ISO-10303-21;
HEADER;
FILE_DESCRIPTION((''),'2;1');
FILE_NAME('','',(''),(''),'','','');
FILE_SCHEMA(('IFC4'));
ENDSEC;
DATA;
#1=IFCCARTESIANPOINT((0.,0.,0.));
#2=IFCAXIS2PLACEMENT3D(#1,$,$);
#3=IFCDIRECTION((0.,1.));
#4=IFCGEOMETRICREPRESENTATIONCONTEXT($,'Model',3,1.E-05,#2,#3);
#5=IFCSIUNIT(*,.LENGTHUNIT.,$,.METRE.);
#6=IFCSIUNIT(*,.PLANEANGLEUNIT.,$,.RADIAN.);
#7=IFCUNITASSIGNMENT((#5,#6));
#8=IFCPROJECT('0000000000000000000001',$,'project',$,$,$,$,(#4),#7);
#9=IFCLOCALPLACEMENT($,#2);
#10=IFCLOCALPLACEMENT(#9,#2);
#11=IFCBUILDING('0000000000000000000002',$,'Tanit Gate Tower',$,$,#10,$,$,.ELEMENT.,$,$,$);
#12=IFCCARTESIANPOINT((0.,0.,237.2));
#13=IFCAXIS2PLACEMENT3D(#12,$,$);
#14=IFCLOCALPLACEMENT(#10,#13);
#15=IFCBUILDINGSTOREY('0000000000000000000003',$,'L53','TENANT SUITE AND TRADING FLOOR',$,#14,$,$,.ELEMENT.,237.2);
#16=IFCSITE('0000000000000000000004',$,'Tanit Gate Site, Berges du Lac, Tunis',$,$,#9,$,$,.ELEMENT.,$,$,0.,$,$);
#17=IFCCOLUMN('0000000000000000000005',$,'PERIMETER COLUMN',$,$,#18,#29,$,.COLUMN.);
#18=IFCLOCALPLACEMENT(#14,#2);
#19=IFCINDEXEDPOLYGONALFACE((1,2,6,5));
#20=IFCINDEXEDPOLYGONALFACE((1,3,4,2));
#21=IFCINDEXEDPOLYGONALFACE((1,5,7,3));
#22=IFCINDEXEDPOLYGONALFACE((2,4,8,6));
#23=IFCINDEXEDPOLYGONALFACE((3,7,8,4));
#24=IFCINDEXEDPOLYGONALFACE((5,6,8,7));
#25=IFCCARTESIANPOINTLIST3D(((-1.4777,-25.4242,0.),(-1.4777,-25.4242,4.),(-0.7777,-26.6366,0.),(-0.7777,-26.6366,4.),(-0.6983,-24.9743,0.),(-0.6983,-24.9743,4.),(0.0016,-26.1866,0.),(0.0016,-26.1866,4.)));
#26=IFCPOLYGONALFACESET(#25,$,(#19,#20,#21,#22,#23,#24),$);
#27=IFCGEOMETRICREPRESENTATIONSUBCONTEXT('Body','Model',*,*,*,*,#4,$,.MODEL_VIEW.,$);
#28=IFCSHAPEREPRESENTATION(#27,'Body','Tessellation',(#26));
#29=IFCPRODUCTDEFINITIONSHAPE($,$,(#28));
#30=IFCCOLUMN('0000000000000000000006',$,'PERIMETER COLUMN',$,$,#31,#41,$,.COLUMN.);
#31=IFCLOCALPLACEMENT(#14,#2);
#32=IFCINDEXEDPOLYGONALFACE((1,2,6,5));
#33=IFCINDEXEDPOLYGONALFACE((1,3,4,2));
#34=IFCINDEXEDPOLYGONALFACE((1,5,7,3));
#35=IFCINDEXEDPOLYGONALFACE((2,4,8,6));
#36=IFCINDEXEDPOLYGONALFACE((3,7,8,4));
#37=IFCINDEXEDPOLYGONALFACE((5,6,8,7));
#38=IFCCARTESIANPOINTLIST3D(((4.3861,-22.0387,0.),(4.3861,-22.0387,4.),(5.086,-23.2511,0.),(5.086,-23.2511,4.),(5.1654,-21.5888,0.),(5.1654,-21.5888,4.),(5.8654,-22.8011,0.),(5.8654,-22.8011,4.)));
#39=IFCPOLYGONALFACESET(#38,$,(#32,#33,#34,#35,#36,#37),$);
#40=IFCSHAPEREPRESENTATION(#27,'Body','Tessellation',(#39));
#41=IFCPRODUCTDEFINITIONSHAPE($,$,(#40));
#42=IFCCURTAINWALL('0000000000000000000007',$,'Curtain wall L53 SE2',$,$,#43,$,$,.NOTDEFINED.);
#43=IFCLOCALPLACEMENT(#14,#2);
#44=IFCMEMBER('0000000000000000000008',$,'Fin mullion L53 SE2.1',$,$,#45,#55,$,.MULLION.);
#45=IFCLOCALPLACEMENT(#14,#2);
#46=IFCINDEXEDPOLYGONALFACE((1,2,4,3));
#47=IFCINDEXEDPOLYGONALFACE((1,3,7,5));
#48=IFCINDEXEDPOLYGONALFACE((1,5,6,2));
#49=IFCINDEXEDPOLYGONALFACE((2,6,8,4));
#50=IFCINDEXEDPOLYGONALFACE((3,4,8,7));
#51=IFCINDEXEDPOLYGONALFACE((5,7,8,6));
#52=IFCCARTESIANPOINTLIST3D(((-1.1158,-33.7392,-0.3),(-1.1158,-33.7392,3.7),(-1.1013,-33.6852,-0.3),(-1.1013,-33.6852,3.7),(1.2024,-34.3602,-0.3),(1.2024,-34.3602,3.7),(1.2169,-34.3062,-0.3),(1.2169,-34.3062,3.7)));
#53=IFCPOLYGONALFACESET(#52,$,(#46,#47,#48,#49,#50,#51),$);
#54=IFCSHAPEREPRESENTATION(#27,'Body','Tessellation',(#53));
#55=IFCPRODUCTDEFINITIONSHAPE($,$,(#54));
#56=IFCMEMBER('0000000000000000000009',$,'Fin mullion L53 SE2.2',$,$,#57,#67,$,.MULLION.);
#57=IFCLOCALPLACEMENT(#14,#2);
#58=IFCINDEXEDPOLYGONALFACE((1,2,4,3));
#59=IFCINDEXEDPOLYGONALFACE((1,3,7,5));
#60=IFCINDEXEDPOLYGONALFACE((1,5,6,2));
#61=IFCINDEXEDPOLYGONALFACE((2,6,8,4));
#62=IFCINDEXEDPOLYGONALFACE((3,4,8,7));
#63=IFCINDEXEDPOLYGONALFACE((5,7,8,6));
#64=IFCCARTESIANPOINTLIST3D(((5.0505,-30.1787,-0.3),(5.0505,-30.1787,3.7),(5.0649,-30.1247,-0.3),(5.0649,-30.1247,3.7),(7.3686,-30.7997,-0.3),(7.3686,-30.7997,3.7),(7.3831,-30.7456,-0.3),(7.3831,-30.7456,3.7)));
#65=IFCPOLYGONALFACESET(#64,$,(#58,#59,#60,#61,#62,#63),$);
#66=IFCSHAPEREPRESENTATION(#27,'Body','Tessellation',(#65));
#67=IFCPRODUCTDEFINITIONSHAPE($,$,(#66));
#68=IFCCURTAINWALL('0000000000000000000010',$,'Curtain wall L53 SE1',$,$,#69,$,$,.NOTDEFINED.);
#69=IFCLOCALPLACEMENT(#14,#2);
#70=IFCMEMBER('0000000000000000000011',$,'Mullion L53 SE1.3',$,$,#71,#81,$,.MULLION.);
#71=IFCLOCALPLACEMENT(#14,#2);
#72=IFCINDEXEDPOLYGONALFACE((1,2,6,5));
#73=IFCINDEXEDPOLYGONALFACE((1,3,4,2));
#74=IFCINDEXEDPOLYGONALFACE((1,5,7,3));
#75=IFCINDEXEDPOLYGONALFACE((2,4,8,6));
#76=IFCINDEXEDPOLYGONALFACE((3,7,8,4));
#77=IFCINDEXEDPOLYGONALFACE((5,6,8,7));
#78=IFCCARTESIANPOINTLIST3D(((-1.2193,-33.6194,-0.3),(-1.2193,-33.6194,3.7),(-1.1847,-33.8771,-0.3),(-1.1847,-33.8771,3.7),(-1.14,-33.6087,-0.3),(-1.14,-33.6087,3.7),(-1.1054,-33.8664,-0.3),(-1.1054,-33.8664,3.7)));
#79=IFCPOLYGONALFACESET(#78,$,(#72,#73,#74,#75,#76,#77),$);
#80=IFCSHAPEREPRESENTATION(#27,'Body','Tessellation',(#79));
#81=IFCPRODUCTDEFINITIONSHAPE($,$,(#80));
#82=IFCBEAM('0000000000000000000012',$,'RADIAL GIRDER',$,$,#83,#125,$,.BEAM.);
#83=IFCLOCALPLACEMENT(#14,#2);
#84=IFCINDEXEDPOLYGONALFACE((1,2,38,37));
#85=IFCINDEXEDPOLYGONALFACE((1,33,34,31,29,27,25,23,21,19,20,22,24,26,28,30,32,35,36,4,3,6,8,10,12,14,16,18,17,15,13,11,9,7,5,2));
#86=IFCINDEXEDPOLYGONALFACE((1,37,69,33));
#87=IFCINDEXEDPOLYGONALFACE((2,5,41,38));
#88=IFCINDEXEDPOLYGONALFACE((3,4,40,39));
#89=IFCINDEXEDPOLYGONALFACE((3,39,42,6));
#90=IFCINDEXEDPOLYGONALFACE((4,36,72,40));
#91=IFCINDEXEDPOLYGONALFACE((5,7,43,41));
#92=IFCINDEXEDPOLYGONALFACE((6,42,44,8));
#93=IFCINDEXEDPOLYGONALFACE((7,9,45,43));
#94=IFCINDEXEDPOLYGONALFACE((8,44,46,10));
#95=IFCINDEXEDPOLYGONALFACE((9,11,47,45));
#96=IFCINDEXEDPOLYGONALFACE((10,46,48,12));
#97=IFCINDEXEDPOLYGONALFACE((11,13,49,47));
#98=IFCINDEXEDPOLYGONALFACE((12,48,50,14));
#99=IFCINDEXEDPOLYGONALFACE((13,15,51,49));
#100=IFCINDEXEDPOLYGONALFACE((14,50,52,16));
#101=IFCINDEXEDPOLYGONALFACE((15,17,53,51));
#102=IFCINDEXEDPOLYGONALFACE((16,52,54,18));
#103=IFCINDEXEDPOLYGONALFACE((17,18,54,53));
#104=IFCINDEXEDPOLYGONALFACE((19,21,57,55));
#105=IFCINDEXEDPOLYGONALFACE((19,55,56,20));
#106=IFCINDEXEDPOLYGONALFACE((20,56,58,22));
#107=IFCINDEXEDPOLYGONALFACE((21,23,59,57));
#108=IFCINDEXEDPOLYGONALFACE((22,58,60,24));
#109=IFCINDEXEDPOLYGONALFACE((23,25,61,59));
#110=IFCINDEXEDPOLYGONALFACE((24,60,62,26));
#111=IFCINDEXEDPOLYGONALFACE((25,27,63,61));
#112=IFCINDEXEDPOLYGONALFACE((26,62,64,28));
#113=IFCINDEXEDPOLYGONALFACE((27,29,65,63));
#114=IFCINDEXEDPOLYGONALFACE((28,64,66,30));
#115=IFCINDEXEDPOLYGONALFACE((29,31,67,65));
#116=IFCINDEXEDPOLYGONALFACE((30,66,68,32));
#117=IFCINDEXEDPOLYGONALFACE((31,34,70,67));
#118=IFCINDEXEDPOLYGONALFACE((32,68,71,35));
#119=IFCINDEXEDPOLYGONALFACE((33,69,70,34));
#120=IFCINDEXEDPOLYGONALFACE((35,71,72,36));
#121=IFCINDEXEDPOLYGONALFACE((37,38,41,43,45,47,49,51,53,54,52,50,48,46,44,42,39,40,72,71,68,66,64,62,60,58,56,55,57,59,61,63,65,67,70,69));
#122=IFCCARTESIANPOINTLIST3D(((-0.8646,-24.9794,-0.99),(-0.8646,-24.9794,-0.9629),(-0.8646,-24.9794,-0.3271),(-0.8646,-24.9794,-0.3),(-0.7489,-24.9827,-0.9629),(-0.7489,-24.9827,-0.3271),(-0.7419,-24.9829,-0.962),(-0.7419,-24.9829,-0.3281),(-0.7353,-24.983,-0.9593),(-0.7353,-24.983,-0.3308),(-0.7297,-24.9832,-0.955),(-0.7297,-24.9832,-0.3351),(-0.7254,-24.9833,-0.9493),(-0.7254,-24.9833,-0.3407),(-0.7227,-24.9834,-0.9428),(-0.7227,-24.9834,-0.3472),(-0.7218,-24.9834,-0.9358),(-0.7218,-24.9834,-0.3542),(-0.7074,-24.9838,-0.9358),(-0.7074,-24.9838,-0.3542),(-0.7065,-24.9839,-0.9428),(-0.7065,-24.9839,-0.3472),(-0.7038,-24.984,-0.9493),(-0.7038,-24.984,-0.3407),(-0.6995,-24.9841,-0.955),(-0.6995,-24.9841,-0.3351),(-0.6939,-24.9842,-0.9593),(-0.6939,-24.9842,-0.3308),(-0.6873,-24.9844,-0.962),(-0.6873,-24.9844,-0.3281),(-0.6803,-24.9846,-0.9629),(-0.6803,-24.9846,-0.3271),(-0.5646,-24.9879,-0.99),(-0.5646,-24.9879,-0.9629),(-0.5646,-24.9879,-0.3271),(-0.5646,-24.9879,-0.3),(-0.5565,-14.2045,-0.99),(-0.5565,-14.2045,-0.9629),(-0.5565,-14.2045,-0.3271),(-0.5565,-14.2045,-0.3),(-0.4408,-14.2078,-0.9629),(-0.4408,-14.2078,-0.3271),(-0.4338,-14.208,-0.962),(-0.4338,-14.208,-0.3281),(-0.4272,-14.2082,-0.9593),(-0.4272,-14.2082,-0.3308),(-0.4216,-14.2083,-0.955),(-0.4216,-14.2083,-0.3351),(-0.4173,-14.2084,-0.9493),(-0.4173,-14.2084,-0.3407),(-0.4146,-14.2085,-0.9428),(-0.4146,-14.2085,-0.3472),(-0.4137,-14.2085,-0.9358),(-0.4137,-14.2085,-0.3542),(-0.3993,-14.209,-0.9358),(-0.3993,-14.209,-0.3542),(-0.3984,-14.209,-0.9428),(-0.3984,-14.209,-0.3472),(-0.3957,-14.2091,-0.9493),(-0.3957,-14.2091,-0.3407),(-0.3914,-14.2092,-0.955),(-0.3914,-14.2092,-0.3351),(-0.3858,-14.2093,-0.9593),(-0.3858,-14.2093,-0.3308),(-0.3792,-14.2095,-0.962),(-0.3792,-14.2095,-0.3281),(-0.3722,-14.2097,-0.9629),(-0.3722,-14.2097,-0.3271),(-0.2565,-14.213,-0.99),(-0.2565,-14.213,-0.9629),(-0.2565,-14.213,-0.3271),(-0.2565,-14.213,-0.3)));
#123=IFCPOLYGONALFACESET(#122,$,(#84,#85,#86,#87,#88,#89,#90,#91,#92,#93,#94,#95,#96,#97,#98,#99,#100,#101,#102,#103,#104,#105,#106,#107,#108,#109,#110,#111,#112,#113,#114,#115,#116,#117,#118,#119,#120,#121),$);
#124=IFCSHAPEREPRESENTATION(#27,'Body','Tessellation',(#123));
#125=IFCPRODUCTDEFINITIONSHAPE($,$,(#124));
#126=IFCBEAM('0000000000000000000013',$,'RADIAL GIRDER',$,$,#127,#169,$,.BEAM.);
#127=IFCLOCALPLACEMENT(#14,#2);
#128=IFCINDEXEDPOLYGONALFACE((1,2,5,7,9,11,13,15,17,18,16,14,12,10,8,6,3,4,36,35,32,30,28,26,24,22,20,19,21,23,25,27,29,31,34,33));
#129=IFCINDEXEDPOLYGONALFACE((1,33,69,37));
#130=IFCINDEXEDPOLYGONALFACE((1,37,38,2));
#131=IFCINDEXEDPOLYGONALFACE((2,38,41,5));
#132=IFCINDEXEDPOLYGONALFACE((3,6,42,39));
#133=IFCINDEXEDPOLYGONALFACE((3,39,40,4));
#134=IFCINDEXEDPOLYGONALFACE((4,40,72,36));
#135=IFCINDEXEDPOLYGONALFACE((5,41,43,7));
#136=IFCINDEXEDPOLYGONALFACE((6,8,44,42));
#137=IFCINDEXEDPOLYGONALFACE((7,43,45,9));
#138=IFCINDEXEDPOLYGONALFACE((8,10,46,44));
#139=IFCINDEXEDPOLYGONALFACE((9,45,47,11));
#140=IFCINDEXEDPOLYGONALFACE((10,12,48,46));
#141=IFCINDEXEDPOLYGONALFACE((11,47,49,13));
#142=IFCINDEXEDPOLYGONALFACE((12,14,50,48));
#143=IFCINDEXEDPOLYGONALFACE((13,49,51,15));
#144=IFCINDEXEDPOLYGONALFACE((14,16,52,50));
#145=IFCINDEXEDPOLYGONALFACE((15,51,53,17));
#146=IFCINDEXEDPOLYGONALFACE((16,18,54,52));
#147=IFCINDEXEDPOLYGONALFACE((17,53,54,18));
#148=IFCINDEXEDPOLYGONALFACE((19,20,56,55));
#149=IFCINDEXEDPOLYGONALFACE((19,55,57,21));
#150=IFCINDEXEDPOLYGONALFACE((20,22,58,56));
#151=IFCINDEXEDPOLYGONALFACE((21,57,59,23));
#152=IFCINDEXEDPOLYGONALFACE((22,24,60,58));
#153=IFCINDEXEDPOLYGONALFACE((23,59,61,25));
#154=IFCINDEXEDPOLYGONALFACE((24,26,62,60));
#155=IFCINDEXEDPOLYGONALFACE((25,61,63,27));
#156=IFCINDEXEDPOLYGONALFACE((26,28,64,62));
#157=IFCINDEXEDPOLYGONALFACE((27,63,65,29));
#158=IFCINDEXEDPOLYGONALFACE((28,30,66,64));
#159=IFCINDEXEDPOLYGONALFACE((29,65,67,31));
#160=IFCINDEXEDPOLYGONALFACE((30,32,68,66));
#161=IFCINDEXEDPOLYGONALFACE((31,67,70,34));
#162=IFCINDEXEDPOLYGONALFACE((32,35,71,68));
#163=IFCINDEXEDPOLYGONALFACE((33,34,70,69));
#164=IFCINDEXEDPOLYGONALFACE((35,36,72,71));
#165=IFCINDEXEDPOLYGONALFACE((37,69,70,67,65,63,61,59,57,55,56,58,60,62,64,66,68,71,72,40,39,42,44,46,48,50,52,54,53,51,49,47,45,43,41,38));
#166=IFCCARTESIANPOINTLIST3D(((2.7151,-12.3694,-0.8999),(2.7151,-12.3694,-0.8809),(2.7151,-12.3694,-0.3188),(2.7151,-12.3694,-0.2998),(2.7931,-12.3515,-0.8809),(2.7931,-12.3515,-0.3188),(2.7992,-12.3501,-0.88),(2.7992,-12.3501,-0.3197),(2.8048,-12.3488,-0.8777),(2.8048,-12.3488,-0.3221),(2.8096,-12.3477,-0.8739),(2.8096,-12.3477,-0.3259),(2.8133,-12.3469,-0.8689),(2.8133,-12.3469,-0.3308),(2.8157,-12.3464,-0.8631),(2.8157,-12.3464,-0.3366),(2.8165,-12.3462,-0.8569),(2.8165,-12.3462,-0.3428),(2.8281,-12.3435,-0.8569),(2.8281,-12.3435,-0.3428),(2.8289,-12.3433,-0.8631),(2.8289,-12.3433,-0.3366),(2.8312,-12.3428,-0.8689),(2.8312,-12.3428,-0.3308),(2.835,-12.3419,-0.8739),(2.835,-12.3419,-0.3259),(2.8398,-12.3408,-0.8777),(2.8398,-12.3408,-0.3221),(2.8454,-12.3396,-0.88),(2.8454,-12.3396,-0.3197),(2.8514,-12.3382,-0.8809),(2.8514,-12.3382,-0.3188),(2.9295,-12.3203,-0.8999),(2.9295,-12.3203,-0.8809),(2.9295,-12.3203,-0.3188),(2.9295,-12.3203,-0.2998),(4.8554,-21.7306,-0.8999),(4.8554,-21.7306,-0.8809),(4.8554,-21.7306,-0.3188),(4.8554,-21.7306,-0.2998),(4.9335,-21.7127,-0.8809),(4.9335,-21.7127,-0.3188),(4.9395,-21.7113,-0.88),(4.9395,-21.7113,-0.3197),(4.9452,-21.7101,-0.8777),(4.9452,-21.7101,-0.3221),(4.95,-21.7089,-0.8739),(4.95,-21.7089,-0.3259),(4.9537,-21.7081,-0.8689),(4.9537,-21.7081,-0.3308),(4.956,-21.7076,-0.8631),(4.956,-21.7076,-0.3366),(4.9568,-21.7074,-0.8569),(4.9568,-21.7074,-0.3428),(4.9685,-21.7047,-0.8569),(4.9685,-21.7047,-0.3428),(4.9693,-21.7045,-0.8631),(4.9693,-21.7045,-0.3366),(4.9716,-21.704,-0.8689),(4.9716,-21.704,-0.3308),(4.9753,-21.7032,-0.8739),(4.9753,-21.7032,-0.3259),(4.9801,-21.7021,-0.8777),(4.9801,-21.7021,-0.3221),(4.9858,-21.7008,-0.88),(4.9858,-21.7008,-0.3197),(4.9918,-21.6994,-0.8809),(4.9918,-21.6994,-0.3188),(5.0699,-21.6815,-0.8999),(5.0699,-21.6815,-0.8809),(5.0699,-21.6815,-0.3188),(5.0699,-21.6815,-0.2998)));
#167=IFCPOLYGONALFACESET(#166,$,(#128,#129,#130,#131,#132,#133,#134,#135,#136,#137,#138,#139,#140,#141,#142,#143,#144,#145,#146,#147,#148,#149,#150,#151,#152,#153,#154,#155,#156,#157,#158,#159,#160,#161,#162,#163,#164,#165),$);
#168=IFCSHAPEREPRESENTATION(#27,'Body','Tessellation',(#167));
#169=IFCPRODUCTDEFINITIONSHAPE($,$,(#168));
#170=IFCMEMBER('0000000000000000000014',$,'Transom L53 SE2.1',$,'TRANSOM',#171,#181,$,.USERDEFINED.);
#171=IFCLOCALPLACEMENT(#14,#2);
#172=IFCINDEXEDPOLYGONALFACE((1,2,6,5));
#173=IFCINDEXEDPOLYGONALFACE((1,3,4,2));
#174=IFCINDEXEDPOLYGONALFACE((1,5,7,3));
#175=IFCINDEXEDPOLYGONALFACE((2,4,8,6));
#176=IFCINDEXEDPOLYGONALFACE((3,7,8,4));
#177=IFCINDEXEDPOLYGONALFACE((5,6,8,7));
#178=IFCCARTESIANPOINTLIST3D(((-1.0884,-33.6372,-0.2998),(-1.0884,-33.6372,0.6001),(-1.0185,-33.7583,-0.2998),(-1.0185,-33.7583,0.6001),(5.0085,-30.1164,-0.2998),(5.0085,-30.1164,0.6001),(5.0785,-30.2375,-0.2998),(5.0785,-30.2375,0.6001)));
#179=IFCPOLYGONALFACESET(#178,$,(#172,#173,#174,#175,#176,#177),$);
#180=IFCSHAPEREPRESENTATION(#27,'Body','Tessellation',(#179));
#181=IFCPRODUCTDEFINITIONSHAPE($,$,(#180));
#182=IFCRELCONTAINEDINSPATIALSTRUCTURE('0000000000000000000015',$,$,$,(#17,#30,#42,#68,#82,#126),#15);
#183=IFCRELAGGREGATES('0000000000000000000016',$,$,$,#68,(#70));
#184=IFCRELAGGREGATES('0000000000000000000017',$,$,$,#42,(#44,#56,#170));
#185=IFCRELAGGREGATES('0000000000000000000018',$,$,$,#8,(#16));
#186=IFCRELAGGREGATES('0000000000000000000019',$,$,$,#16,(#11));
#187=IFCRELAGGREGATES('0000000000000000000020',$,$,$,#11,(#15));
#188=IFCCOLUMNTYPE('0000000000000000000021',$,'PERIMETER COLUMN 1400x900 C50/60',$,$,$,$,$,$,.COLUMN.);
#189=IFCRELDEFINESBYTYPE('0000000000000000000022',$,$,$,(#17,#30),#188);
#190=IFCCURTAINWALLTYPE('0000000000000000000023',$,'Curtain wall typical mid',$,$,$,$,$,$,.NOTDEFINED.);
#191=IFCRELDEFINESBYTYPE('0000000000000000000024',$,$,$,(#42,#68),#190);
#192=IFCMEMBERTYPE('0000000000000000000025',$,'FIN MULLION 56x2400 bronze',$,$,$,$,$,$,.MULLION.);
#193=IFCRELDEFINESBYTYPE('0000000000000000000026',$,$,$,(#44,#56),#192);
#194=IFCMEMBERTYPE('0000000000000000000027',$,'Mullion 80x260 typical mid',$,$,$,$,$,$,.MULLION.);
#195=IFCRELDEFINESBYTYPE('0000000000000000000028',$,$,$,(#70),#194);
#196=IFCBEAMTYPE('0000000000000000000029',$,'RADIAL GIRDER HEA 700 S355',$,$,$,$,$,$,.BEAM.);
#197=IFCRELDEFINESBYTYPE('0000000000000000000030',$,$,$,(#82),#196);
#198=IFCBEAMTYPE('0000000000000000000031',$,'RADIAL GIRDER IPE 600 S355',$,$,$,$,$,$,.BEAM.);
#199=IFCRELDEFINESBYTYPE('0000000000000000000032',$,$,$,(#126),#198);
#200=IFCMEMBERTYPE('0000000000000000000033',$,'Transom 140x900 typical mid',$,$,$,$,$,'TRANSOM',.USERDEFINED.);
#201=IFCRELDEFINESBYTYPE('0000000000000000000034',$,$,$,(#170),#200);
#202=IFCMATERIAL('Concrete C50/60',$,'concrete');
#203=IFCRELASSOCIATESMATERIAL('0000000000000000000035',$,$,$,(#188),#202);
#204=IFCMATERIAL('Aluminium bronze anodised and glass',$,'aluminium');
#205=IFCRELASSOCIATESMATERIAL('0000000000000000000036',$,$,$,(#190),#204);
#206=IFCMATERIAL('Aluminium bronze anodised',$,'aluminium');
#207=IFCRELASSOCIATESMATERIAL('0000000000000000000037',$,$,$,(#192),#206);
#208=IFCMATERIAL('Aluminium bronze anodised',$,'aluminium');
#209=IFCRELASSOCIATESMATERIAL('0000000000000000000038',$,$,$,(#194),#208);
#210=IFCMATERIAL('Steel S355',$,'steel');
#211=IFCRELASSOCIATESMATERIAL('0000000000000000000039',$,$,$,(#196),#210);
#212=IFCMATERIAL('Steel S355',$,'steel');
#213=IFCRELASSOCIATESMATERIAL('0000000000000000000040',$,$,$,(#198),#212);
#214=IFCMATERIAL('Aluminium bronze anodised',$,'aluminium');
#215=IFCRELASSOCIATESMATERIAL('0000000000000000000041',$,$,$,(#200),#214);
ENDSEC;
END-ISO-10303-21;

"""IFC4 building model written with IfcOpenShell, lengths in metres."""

from ifc_helpers import new_model, si_unit, direction, frame, origin, origin_2d, place, context, subcontext, project, spatial, rectangle, i_section, extrude, material, material_profile, profile_set, type_object, element, aggregate, save


model = new_model("IFC4")

# Units and contexts
model_context = context("Model", 3, precision=1e-05, world=origin(), true_north=direction((0.0, 1.0)))
body_context = subcontext(model_context, "Body", "Model", "MODEL_VIEW")
ifc_project = project(units=[si_unit("LENGTHUNIT", "METRE"), si_unit("PLANEANGLEUNIT", "RADIAN")], contexts=[model_context])

# Site, building, storey
site_placement = place(None, origin())
site = spatial("IfcSite", under=ifc_project, at=site_placement, Name="Tanit Gate Site, Berges du Lac, Tunis", CompositionType="ELEMENT", RefElevation=0.0)
building_placement = place(site_placement, origin())
building = spatial("IfcBuilding", under=site, at=building_placement, Name="Tanit Gate Tower", CompositionType="ELEMENT")
storey_placement = place(building_placement, frame((0.0, 0.0, 237.2)))
storey = spatial("IfcBuildingStorey", under=building, at=storey_placement, Name="L53", Description="TENANT SUITE AND TRADING FLOOR", CompositionType="ELEMENT", Elevation=237.2)

# Columns
ifc_material_1 = material(Name="Concrete C50/60", Category="concrete")
ifc_material_profile_1 = material_profile(ifc_material_1, rectangle(XDim=1.3999, YDim=0.8999, at=origin_2d()), Name="RC 1400x900")
ifc_profile_set_1 = profile_set([ifc_material_profile_1], Name="Concrete C50/60")
column_type = type_object("IfcColumnType", Name="PERIMETER COLUMN 1400x900 C50/60", PredefinedType="COLUMN", material=ifc_profile_set_1)
for number, where, z_axis, x_axis, name in (
    (1, (-0.738, -25.8054, 0.0), (0.0, 0.0, 1.0), (0.5, -0.866025, 0.0), "PERIMETER COLUMN"),
    (2, (5.1257, -22.4199, 0.0), (0.0, 0.0, 1.0), (0.5, -0.866025, 0.0), "PERIMETER COLUMN"),
):
    element("IfcColumn", number, at=place(storey_placement, frame(where, z_axis=z_axis, x_axis=x_axis)), inside=storey, type_object=column_type, Name=name, PredefinedType="COLUMN", context=body_context, shape_type="SweptSolid", body=[
        extrude(rectangle(XDim=1.3999, YDim=0.8999, at=origin_2d()), origin(), (0.0, 0.0, 1.0), 4.0),
    ])

# Curtain wall, members
ifc_material_2 = material(Name="Aluminium bronze anodised and glass", Category="aluminium")
curtain_wall_type = type_object("IfcCurtainWallType", Name="Curtain wall typical mid", PredefinedType="NOTDEFINED", material=ifc_material_2)
curtain_wall_1_placement = place(storey_placement, origin())
curtain_wall_1 = element("IfcCurtainWall", 3, at=curtain_wall_1_placement, inside=storey, type_object=curtain_wall_type, Name="Curtain wall L53 SE2", PredefinedType="NOTDEFINED")
ifc_material_3 = material(Name="Aluminium bronze anodised", Category="aluminium")
ifc_material_profile_2 = material_profile(ifc_material_3, rectangle(XDim=2.3999, YDim=0.0559, at=origin_2d()), Name="56x2400 bronze fin mullion")
ifc_profile_set_2 = profile_set([ifc_material_profile_2], Name="Aluminium bronze anodised")
member_type_1 = type_object("IfcMemberType", Name="FIN MULLION 56x2400 bronze", PredefinedType="MULLION", material=ifc_profile_set_2)
member_1_placement = place(storey_placement, frame((0.0505, -34.0227, -0.3), z_axis=(0.0, 0.0, 1.0), x_axis=(-0.965944, 0.258752, 0.0)))
member_1 = element("IfcMember", 4, at=member_1_placement, type_object=member_type_1, Name="Fin mullion L53 SE2.1", PredefinedType="MULLION", context=body_context, shape_type="SweptSolid", body=[
    extrude(rectangle(XDim=2.3999, YDim=0.0559, at=origin_2d()), origin(), (0.0, 0.0, 1.0), 4.0),
])
member_2_placement = place(storey_placement, frame((6.2168, -30.4622, -0.3), z_axis=(0.0, 0.0, 1.0), x_axis=(-0.965944, 0.258752, 0.0)))
member_2 = element("IfcMember", 5, at=member_2_placement, type_object=member_type_1, Name="Fin mullion L53 SE2.2", PredefinedType="MULLION", context=body_context, shape_type="SweptSolid", body=[
    extrude(rectangle(XDim=2.3999, YDim=0.0559, at=origin_2d()), origin(), (0.0, 0.0, 1.0), 4.0),
])

# Curtain wall, member
curtain_wall_2_placement = place(storey_placement, origin())
curtain_wall_2 = element("IfcCurtainWall", 6, at=curtain_wall_2_placement, inside=storey, type_object=curtain_wall_type, Name="Curtain wall L53 SE1", PredefinedType="NOTDEFINED")
ifc_material_4 = material(Name="Aluminium bronze anodised", Category="aluminium")
ifc_material_profile_3 = material_profile(ifc_material_4, rectangle(XDim=0.26, YDim=0.0801, at=origin_2d()), Name="80x260 bronze mullion")
ifc_profile_set_3 = profile_set([ifc_material_profile_3], Name="Aluminium bronze anodised")
member_type_2 = type_object("IfcMemberType", Name="Mullion 80x260 typical mid", PredefinedType="MULLION", material=ifc_profile_set_3)
member_3_placement = place(storey_placement, frame((-1.1624, -33.7429, -0.3), z_axis=(0.0, 0.0, 1.0), x_axis=(-0.133092, 0.991104, 0.0)))
member_3 = element("IfcMember", 7, at=member_3_placement, type_object=member_type_2, Name="Mullion L53 SE1.3", PredefinedType="MULLION", context=body_context, shape_type="SweptSolid", body=[
    extrude(rectangle(XDim=0.26, YDim=0.0801, at=origin_2d()), origin(), (0.0, 0.0, 1.0), 4.0),
])
aggregate(curtain_wall_2, [member_3])

# Beams
ifc_material_5 = material(Name="Steel S355", Category="steel")
ifc_material_profile_4 = material_profile(ifc_material_5, i_section(OverallWidth=0.3, OverallDepth=0.6899, WebThickness=0.0144, FlangeThickness=0.0271, FilletRadius=0.0271, at=origin_2d()), Name="HEA 700")
ifc_profile_set_4 = profile_set([ifc_material_profile_4], Name="Steel S355")
beam_type_1 = type_object("IfcBeamType", Name="RADIAL GIRDER HEA 700 S355", PredefinedType="BEAM", material=ifc_profile_set_4)
beam_1_placement = place(storey_placement, frame((-0.7146, -24.9836, -0.645), z_axis=(0.028583, 0.999591, 0.0), x_axis=(-0.999591, 0.028583, 0.0)))
element("IfcBeam", 8, at=beam_1_placement, inside=storey, type_object=beam_type_1, Name="RADIAL GIRDER", PredefinedType="BEAM", context=body_context, shape_type="SweptSolid", body=[
    extrude(i_section(OverallWidth=0.3, OverallDepth=0.6899, WebThickness=0.0144, FlangeThickness=0.0271, FilletRadius=0.0271, at=origin_2d()), origin(), (0.0, 0.0, 1.0), 10.7793),
])
ifc_material_6 = material(Name="Steel S355", Category="steel")
ifc_material_profile_5 = material_profile(ifc_material_6, i_section(OverallWidth=0.22, OverallDepth=0.6001, WebThickness=0.012, FlangeThickness=0.019, FilletRadius=0.0239, at=origin_2d()), Name="IPE 600")
ifc_profile_set_5 = profile_set([ifc_material_profile_5], Name="Steel S355")
beam_type_2 = type_object("IfcBeamType", Name="RADIAL GIRDER IPE 600 S355", PredefinedType="BEAM", material=ifc_profile_set_5)
beam_2_placement = place(storey_placement, frame((4.9626, -21.7061, -0.5999), z_axis=(-0.222889, 0.974844, 0.0), x_axis=(-0.974844, -0.222889, 0.0)))
element("IfcBeam", 9, at=beam_2_placement, inside=storey, type_object=beam_type_2, Name="RADIAL GIRDER", PredefinedType="BEAM", context=body_context, shape_type="SweptSolid", body=[
    extrude(i_section(OverallWidth=0.22, OverallDepth=0.6001, WebThickness=0.012, FlangeThickness=0.019, FilletRadius=0.0239, at=origin_2d()), origin(), (0.0, 0.0, 1.0), 9.6028),
])

# Member
ifc_material_7 = material(Name="Aluminium bronze anodised", Category="aluminium")
ifc_material_profile_6 = material_profile(ifc_material_7, rectangle(XDim=0.1399, YDim=0.8999, at=origin_2d()), Name="140x900 bronze transom")
ifc_profile_set_6 = profile_set([ifc_material_profile_6], Name="Aluminium bronze anodised")
member_type_3 = type_object("IfcMemberType", Name="Transom 140x900 typical mid", ElementType="TRANSOM", PredefinedType="USERDEFINED", material=ifc_profile_set_6)
member_4_placement = place(storey_placement, frame((-1.0535, -33.6978, 0.1501), z_axis=(0.865983, 0.500074, 0.0), x_axis=(-0.500074, 0.865983, 0.0)))
member_4 = element("IfcMember", 10, at=member_4_placement, type_object=member_type_3, Name="Transom L53 SE2.1", ObjectType="TRANSOM", PredefinedType="USERDEFINED", context=body_context, shape_type="SweptSolid", body=[
    extrude(rectangle(XDim=0.1399, YDim=0.8999, at=origin_2d()), origin(), (0.0, 0.0, 1.0), 7.0405),
])

aggregate(curtain_wall_1, [member_1, member_2, member_4])

save(model, "model.ifc")
